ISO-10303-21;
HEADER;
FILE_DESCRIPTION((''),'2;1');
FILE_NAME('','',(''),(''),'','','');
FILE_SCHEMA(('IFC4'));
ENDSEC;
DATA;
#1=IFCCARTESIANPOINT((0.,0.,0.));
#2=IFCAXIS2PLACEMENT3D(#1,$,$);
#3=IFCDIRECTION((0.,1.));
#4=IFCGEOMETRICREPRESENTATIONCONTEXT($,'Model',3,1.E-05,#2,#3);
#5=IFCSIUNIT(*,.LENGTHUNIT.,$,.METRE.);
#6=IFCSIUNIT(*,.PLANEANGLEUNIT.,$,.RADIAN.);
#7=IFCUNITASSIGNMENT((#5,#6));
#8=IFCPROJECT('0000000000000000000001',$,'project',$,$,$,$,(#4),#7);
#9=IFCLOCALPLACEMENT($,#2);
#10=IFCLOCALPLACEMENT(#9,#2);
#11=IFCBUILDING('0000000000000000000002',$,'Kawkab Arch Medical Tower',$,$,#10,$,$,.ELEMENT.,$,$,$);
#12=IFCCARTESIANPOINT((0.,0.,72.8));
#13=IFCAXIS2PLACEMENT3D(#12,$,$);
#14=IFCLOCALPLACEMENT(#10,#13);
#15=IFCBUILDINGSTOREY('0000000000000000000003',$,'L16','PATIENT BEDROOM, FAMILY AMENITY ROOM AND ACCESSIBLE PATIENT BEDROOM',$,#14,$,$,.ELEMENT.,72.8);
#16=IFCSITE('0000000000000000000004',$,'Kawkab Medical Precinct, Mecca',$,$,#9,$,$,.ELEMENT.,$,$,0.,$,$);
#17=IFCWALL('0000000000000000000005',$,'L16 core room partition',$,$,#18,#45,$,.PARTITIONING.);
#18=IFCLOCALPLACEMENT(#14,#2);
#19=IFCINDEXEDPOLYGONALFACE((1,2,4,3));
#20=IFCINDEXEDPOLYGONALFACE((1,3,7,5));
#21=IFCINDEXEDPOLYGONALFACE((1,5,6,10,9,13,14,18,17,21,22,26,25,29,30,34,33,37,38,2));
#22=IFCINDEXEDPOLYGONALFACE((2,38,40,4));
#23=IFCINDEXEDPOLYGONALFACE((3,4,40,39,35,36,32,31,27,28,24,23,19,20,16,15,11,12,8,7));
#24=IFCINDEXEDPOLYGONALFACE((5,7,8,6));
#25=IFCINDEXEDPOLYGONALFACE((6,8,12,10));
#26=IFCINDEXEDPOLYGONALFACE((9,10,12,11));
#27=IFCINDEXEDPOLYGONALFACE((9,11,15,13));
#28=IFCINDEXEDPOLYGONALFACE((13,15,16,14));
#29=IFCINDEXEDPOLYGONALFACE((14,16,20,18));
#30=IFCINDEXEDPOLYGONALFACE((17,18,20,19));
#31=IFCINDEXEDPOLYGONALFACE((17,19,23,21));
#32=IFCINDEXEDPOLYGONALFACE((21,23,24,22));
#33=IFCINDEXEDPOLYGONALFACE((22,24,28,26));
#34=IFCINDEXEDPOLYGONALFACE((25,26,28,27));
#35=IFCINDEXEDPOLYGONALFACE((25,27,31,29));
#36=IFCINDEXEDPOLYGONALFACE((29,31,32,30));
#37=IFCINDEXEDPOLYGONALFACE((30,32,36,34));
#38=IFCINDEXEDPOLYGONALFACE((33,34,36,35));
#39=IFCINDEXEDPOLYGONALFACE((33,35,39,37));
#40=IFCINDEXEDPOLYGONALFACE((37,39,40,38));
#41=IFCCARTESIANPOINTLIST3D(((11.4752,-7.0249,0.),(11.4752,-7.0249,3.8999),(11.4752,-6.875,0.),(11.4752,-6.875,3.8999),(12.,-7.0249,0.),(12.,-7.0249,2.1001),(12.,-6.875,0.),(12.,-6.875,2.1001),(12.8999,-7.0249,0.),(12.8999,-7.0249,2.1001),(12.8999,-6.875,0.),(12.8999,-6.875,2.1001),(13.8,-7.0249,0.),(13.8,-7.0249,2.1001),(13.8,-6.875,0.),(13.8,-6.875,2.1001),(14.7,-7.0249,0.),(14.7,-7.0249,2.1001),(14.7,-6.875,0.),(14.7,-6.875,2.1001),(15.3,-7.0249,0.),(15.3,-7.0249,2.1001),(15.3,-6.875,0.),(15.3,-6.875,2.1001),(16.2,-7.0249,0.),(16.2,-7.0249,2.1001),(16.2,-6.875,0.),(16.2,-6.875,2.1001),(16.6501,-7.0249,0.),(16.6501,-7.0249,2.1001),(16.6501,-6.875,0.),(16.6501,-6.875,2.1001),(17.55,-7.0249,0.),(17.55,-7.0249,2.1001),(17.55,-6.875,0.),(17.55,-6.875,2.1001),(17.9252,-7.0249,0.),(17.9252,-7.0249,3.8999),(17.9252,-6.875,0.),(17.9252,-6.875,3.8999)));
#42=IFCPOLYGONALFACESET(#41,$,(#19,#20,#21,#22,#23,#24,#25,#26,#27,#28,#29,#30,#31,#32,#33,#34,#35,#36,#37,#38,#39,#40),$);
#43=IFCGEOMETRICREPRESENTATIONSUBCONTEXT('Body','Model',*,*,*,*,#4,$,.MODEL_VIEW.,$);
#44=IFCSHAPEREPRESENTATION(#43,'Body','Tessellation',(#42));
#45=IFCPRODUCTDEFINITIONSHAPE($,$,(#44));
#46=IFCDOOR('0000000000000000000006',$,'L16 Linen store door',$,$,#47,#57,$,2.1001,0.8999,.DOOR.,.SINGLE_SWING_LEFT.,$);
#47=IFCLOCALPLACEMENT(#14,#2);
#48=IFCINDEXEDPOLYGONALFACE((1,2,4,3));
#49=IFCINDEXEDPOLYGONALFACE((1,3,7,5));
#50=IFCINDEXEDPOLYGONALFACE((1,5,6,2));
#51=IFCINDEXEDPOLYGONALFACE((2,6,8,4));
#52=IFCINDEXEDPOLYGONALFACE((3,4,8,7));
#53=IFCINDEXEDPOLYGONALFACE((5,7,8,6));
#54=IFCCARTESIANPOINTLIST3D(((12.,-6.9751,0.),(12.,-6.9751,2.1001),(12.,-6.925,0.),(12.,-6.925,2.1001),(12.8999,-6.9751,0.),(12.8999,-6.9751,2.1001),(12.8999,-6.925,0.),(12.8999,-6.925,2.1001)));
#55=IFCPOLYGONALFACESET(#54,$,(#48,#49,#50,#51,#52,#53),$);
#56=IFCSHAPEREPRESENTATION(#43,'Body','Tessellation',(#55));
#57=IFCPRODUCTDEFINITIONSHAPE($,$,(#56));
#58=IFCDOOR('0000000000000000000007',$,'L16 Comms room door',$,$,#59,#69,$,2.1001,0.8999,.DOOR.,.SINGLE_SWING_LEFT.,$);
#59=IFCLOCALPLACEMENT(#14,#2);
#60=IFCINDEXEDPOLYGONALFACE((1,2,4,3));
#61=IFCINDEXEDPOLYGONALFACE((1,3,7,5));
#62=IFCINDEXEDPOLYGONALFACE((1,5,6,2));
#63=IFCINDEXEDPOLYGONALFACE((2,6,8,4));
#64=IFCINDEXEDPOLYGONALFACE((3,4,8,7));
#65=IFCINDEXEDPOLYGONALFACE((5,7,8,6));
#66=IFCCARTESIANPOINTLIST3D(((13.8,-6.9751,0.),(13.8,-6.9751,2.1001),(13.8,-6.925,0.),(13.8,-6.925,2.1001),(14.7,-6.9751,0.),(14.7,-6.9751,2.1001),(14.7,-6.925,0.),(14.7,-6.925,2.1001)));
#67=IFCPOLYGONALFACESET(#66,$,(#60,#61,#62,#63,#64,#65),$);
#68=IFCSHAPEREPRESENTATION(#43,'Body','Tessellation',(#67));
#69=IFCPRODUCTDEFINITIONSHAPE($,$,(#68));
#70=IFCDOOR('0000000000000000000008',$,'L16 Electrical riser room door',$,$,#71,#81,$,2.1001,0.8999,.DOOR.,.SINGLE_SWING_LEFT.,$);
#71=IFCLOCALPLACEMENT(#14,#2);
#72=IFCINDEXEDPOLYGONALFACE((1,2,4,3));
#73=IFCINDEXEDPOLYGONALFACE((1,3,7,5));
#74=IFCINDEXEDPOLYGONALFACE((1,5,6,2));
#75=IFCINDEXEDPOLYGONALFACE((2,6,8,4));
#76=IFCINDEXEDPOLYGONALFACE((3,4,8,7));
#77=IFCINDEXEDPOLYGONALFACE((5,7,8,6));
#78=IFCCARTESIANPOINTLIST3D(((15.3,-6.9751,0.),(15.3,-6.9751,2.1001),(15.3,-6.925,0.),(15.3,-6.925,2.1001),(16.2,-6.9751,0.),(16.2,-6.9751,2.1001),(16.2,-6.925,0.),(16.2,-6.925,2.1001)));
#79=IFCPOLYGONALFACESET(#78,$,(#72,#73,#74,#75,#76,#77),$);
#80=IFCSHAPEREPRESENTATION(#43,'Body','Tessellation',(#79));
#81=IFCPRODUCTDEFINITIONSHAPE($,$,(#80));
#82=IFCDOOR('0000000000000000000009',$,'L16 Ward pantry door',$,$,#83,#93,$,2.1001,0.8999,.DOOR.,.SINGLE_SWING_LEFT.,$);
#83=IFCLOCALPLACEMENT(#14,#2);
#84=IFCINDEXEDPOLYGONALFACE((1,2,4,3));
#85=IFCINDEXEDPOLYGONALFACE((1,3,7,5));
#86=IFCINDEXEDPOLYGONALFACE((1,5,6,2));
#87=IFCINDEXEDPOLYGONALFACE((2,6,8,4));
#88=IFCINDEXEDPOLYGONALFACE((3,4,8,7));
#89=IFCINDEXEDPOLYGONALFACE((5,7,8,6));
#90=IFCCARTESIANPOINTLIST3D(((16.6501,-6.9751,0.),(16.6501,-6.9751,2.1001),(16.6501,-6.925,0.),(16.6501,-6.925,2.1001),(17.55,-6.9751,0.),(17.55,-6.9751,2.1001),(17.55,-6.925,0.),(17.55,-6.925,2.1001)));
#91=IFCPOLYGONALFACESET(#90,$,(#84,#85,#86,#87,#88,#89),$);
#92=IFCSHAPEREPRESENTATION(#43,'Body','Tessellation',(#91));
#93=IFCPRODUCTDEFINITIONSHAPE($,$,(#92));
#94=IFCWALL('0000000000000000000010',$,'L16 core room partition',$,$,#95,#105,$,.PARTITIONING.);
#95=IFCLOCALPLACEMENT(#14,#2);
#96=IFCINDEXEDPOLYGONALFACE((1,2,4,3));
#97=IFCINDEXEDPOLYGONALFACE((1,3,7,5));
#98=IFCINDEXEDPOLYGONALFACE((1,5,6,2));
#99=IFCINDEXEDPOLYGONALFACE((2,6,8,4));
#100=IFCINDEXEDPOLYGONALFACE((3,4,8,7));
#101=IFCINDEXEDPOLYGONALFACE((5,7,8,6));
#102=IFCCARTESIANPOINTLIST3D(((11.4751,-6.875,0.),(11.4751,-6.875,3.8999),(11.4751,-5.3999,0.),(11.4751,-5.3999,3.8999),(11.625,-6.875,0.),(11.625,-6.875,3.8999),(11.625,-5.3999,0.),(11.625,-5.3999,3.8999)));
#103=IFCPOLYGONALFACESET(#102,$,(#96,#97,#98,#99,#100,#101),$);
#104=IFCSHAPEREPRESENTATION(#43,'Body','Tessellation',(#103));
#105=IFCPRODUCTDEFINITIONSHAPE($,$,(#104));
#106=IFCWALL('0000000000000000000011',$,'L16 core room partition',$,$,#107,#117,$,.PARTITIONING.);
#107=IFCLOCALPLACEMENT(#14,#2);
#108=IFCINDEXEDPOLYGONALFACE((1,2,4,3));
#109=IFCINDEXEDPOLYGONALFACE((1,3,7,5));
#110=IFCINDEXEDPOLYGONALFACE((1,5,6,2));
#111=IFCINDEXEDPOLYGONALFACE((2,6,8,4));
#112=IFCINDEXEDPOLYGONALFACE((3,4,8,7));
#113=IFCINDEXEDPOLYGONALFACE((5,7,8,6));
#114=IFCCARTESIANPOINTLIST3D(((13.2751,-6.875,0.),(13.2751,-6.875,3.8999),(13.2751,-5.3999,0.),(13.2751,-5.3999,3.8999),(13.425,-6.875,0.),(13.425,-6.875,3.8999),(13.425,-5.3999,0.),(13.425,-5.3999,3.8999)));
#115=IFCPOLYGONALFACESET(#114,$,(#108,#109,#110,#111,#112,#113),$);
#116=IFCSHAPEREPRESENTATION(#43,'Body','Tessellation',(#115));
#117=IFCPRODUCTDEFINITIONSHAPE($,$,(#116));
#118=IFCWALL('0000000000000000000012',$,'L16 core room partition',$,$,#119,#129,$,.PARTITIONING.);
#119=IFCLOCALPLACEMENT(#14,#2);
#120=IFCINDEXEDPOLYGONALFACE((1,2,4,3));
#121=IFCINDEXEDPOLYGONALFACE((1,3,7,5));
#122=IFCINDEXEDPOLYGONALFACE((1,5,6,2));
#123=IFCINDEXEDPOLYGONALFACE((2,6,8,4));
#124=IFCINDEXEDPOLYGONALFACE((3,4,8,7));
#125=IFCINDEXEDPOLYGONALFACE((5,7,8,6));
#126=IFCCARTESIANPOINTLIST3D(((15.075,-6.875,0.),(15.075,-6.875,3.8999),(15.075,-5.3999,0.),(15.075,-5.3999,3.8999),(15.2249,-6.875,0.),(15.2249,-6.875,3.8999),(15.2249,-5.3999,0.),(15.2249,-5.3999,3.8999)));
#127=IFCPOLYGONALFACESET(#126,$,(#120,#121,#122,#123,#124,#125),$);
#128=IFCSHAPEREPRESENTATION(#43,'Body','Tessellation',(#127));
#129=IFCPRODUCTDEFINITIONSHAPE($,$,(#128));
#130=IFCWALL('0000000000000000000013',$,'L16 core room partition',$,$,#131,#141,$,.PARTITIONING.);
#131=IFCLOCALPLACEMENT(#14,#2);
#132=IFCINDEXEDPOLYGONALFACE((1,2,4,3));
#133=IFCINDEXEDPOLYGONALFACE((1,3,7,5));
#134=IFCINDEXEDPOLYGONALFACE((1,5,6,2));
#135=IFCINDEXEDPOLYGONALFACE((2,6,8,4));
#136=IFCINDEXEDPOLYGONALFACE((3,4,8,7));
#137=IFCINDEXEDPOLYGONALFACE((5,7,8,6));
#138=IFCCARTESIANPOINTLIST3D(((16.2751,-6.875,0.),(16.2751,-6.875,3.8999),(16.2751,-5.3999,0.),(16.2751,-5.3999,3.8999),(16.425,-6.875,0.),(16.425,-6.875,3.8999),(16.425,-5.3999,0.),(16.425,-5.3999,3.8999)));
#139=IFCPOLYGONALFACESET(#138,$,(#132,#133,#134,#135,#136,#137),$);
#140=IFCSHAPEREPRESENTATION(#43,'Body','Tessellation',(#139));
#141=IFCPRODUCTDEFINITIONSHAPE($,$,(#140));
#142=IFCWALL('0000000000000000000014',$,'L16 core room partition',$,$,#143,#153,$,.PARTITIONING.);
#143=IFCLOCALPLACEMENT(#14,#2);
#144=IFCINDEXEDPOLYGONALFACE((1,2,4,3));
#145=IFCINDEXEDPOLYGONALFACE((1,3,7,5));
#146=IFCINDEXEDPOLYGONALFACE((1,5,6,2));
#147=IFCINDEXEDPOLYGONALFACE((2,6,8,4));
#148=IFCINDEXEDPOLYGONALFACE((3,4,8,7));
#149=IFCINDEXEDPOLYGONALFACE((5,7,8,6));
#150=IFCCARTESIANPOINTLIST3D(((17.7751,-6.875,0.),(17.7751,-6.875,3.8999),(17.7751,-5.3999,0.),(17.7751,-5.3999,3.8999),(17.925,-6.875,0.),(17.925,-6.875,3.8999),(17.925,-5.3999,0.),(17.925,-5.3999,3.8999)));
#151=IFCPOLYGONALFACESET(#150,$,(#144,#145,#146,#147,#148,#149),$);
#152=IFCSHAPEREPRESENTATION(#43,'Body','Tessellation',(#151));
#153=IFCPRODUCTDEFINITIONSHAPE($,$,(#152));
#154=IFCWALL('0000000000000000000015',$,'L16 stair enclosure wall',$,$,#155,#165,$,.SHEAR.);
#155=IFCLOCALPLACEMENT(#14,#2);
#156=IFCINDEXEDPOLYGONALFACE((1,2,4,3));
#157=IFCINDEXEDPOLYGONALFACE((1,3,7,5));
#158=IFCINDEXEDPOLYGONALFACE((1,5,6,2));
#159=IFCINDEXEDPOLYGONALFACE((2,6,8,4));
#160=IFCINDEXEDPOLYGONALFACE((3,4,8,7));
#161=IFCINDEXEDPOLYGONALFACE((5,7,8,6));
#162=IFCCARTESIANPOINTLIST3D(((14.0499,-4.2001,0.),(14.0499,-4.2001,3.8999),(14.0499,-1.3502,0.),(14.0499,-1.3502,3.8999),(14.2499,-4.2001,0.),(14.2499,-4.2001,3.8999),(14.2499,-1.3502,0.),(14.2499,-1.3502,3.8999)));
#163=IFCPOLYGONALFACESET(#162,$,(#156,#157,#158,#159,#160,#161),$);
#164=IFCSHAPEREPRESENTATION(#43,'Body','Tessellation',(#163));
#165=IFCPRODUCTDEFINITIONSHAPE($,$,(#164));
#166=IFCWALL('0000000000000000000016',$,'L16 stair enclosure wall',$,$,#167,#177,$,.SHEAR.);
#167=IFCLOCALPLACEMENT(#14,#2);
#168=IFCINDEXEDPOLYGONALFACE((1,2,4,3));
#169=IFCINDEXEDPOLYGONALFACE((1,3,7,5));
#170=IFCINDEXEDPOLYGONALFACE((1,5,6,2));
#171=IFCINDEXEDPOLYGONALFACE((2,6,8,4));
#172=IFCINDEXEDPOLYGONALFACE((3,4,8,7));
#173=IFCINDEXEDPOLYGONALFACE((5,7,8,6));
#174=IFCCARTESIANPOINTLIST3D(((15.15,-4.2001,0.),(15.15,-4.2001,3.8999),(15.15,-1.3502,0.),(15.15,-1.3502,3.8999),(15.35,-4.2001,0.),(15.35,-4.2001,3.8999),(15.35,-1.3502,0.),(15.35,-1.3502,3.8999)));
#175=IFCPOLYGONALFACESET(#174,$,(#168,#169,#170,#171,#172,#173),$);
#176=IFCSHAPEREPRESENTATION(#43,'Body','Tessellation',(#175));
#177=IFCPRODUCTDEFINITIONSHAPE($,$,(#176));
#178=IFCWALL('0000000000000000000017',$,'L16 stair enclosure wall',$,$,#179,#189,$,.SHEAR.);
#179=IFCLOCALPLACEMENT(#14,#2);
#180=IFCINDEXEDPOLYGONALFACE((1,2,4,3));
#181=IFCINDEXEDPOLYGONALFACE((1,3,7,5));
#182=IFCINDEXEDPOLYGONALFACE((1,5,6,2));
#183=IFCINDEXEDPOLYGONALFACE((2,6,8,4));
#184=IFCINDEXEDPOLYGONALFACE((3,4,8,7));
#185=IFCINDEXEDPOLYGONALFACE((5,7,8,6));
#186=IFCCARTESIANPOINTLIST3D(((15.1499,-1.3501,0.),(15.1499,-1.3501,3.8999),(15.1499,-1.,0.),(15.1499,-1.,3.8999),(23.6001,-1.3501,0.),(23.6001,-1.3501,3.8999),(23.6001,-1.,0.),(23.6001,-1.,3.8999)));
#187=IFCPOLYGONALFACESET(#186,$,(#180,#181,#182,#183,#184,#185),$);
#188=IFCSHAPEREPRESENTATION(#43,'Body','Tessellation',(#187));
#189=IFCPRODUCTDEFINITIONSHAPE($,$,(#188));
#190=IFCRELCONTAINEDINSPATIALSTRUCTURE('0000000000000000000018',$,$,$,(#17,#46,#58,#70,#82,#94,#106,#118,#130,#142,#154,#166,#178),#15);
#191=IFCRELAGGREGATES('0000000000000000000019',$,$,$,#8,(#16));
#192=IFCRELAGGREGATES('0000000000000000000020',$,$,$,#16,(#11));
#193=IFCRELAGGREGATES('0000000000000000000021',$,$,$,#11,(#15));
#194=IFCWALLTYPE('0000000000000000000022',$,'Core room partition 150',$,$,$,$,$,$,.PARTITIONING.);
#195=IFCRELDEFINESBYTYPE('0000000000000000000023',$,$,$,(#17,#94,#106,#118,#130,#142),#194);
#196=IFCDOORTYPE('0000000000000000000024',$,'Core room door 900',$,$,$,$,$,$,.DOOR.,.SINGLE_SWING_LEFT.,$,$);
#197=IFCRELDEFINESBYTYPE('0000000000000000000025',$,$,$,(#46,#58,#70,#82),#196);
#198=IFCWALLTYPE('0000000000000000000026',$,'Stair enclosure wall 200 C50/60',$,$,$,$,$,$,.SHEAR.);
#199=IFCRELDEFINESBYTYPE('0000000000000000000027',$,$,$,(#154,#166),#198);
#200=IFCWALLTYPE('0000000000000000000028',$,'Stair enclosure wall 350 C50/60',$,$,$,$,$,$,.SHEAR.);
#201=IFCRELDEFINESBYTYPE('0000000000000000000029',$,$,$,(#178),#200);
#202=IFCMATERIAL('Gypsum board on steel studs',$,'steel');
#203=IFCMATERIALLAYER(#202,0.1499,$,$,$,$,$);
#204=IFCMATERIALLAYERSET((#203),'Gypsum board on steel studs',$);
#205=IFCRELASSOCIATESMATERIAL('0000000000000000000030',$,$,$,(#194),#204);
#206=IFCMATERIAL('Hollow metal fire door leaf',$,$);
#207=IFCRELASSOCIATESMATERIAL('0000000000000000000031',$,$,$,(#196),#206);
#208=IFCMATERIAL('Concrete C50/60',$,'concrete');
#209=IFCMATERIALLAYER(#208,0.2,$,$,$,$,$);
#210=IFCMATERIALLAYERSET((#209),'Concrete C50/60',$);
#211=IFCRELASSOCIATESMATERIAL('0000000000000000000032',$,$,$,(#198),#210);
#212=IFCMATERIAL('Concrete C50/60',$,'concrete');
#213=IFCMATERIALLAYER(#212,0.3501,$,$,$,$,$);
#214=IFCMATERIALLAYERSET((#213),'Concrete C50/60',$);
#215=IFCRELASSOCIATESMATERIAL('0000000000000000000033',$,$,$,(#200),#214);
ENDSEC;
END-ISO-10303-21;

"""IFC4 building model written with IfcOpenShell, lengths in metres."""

from ifc_helpers import new_model, si_unit, direction, frame, frame_2d, origin, place, context, subcontext, project, spatial, rectangle, extrude, material, layer, layer_set, type_object, element, fill, save


model = new_model("IFC4")

# Units and contexts
model_context = context("Model", 3, precision=1e-05, world=origin(), true_north=direction((0.0, 1.0)))
body_context = subcontext(model_context, "Body", "Model", "MODEL_VIEW")
ifc_project = project(units=[si_unit("LENGTHUNIT", "METRE"), si_unit("PLANEANGLEUNIT", "RADIAN")], contexts=[model_context])

# Site, building, storey
site_placement = place(None, origin())
site = spatial("IfcSite", under=ifc_project, at=site_placement, Name="Kawkab Medical Precinct, Mecca", CompositionType="ELEMENT", RefElevation=0.0)
building_placement = place(site_placement, origin())
building = spatial("IfcBuilding", under=site, at=building_placement, Name="Kawkab Arch Medical Tower", CompositionType="ELEMENT")
storey_placement = place(building_placement, frame((0.0, 0.0, 72.8)))
storey = spatial("IfcBuildingStorey", under=building, at=storey_placement, Name="L16", Description="PATIENT BEDROOM, FAMILY AMENITY ROOM AND ACCESSIBLE PATIENT BEDROOM", CompositionType="ELEMENT", Elevation=72.8)

# Wall, openings, doors
ifc_material_1 = material(Name="Gypsum board on steel studs", Category="steel")
ifc_layer_1 = layer(ifc_material_1, 0.1499)
ifc_layer_set_1 = layer_set([ifc_layer_1], Name="Gypsum board on steel studs")
wall_type_1 = type_object("IfcWallType", Name="Core room partition 150", PredefinedType="PARTITIONING", material=ifc_layer_set_1)
wall_1_placement = place(storey_placement, frame((11.4751, -6.95, 0.0), z_axis=(0.0, 0.0, 1.0), x_axis=(1.0, 0.0, 0.0)))
wall_1 = element("IfcWall", 1, at=wall_1_placement, inside=storey, type_object=wall_type_1, Name="L16 core room partition", PredefinedType="PARTITIONING", context=body_context, shape_type="SweptSolid", body=[
    extrude(rectangle(XDim=6.45, YDim=0.1499, at=frame_2d((3.2251, 0.0))), origin(), (0.0, 0.0, 1.0), 3.8999),
])
opening_1_placement = place(wall_1_placement, frame((0.5249, 0.0, 0.0)))
opening_1 = element("IfcOpeningElement", 2, at=opening_1_placement, cuts=wall_1, PredefinedType="OPENING", context=body_context, shape_type="SweptSolid", body=[
    extrude(rectangle(XDim=0.8999, YDim=2.1001, at=frame_2d((0.45, 1.05))), frame((0.0, 0.085, 0.0), z_axis=(0.0, -1.0, 0.0), x_axis=(1.0, 0.0, 0.0)), (0.0, 0.0, 1.0), 0.1699),
])
opening_2_placement = place(wall_1_placement, frame((2.325, 0.0, 0.0)))
opening_2 = element("IfcOpeningElement", 3, at=opening_2_placement, cuts=wall_1, PredefinedType="OPENING", context=body_context, shape_type="SweptSolid", body=[
    extrude(rectangle(XDim=0.8999, YDim=2.1001, at=frame_2d((0.45, 1.05))), frame((0.0, 0.085, 0.0), z_axis=(0.0, -1.0, 0.0), x_axis=(1.0, 0.0, 0.0)), (0.0, 0.0, 1.0), 0.1699),
])
opening_3_placement = place(wall_1_placement, frame((3.825, 0.0, 0.0)))
opening_3 = element("IfcOpeningElement", 4, at=opening_3_placement, cuts=wall_1, PredefinedType="OPENING", context=body_context, shape_type="SweptSolid", body=[
    extrude(rectangle(XDim=0.8999, YDim=2.1001, at=frame_2d((0.45, 1.05))), frame((0.0, 0.085, 0.0), z_axis=(0.0, -1.0, 0.0), x_axis=(1.0, 0.0, 0.0)), (0.0, 0.0, 1.0), 0.1699),
])
opening_4_placement = place(wall_1_placement, frame((5.175, 0.0, 0.0)))
opening_4 = element("IfcOpeningElement", 5, at=opening_4_placement, cuts=wall_1, PredefinedType="OPENING", context=body_context, shape_type="SweptSolid", body=[
    extrude(rectangle(XDim=0.8999, YDim=2.1001, at=frame_2d((0.45, 1.05))), frame((0.0, 0.085, 0.0), z_axis=(0.0, -1.0, 0.0), x_axis=(1.0, 0.0, 0.0)), (0.0, 0.0, 1.0), 0.1699),
])
ifc_material_2 = material(Name="Hollow metal fire door leaf")
door_type = type_object("IfcDoorType", Name="Core room door 900", OperationType="SINGLE_SWING_LEFT", PredefinedType="DOOR", material=ifc_material_2)
door_1_placement = place(opening_1_placement, origin())
door_1 = element("IfcDoor", 6, at=door_1_placement, inside=storey, type_object=door_type, Name="L16 Linen store door", OperationType="SINGLE_SWING_LEFT", OverallHeight=2.1001, OverallWidth=0.8999, PredefinedType="DOOR", context=body_context, shape_type="SweptSolid", body=[
    extrude(rectangle(XDim=0.8999, YDim=2.1001, at=frame_2d((0.45, 1.05))), frame((0.0, 0.0249, 0.0), z_axis=(0.0, -1.0, 0.0), x_axis=(1.0, 0.0, 0.0)), (0.0, 0.0, 1.0), 0.05),
])
fill(opening_1, door_1)
door_2_placement = place(opening_2_placement, origin())
door_2 = element("IfcDoor", 7, at=door_2_placement, inside=storey, type_object=door_type, Name="L16 Comms room door", OperationType="SINGLE_SWING_LEFT", OverallHeight=2.1001, OverallWidth=0.8999, PredefinedType="DOOR", context=body_context, shape_type="SweptSolid", body=[
    extrude(rectangle(XDim=0.8999, YDim=2.1001, at=frame_2d((0.45, 1.05))), frame((0.0, 0.0249, 0.0), z_axis=(0.0, -1.0, 0.0), x_axis=(1.0, 0.0, 0.0)), (0.0, 0.0, 1.0), 0.05),
])
fill(opening_2, door_2)
door_3_placement = place(opening_3_placement, origin())
door_3 = element("IfcDoor", 8, at=door_3_placement, inside=storey, type_object=door_type, Name="L16 Electrical riser room door", OperationType="SINGLE_SWING_LEFT", OverallHeight=2.1001, OverallWidth=0.8999, PredefinedType="DOOR", context=body_context, shape_type="SweptSolid", body=[
    extrude(rectangle(XDim=0.8999, YDim=2.1001, at=frame_2d((0.45, 1.05))), frame((0.0, 0.0249, 0.0), z_axis=(0.0, -1.0, 0.0), x_axis=(1.0, 0.0, 0.0)), (0.0, 0.0, 1.0), 0.05),
])
fill(opening_3, door_3)
door_4_placement = place(opening_4_placement, origin())
door_4 = element("IfcDoor", 9, at=door_4_placement, inside=storey, type_object=door_type, Name="L16 Ward pantry door", OperationType="SINGLE_SWING_LEFT", OverallHeight=2.1001, OverallWidth=0.8999, PredefinedType="DOOR", context=body_context, shape_type="SweptSolid", body=[
    extrude(rectangle(XDim=0.8999, YDim=2.1001, at=frame_2d((0.45, 1.05))), frame((0.0, 0.0249, 0.0), z_axis=(0.0, -1.0, 0.0), x_axis=(1.0, 0.0, 0.0)), (0.0, 0.0, 1.0), 0.05),
])
fill(opening_4, door_4)

# Walls
for number, where, z_axis, x_axis, name in (
    (10, (11.55, -6.875, 0.0), (0.0, 0.0, 1.0), (0.0, 1.0, 0.0), "L16 core room partition"),
    (11, (13.3501, -6.875, 0.0), (0.0, 0.0, 1.0), (0.0, 1.0, 0.0), "L16 core room partition"),
    (12, (15.1499, -6.875, 0.0), (0.0, 0.0, 1.0), (0.0, 1.0, 0.0), "L16 core room partition"),
    (13, (16.3501, -6.875, 0.0), (0.0, 0.0, 1.0), (0.0, 1.0, 0.0), "L16 core room partition"),
    (14, (17.8501, -6.875, 0.0), (0.0, 0.0, 1.0), (0.0, 1.0, 0.0), "L16 core room partition"),
):
    element("IfcWall", number, at=place(storey_placement, frame(where, z_axis=z_axis, x_axis=x_axis)), inside=storey, type_object=wall_type_1, Name=name, PredefinedType="PARTITIONING", context=body_context, shape_type="SweptSolid", body=[
        extrude(rectangle(XDim=1.4751, YDim=0.1499, at=frame_2d((0.7375, 0.0))), origin(), (0.0, 0.0, 1.0), 3.8999),
    ])
ifc_material_3 = material(Name="Concrete C50/60", Category="concrete")
ifc_layer_2 = layer(ifc_material_3, 0.2)
ifc_layer_set_2 = layer_set([ifc_layer_2], Name="Concrete C50/60")
wall_type_2 = type_object("IfcWallType", Name="Stair enclosure wall 200 C50/60", PredefinedType="SHEAR", material=ifc_layer_set_2)
for number, where, z_axis, x_axis, name in (
    (15, (14.1499, -4.2, 0.0), (0.0, 0.0, 1.0), (0.0, 1.0, 0.0), "L16 stair enclosure wall"),
    (16, (15.25, -4.2, 0.0), (0.0, 0.0, 1.0), (0.0, 1.0, 0.0), "L16 stair enclosure wall"),
):
    element("IfcWall", number, at=place(storey_placement, frame(where, z_axis=z_axis, x_axis=x_axis)), inside=storey, type_object=wall_type_2, Name=name, PredefinedType="SHEAR", context=body_context, shape_type="SweptSolid", body=[
        extrude(rectangle(XDim=2.8499, YDim=0.2, at=frame_2d((1.4248, 0.0))), origin(), (0.0, 0.0, 1.0), 3.8999),
    ])
ifc_material_4 = material(Name="Concrete C50/60", Category="concrete")
ifc_layer_3 = layer(ifc_material_4, 0.3501)
ifc_layer_set_3 = layer_set([ifc_layer_3], Name="Concrete C50/60")
wall_type_3 = type_object("IfcWallType", Name="Stair enclosure wall 350 C50/60", PredefinedType="SHEAR", material=ifc_layer_set_3)
wall_2_placement = place(storey_placement, frame((15.1499, -1.175, 0.0), z_axis=(0.0, 0.0, 1.0), x_axis=(1.0, 0.0, 0.0)))
element("IfcWall", 17, at=wall_2_placement, inside=storey, type_object=wall_type_3, Name="L16 stair enclosure wall", PredefinedType="SHEAR", context=body_context, shape_type="SweptSolid", body=[
    extrude(rectangle(XDim=8.4502, YDim=0.3501, at=frame_2d((4.2251, 0.0))), origin(), (0.0, 0.0, 1.0), 3.8999),
])

save(model, "model.ifc")
